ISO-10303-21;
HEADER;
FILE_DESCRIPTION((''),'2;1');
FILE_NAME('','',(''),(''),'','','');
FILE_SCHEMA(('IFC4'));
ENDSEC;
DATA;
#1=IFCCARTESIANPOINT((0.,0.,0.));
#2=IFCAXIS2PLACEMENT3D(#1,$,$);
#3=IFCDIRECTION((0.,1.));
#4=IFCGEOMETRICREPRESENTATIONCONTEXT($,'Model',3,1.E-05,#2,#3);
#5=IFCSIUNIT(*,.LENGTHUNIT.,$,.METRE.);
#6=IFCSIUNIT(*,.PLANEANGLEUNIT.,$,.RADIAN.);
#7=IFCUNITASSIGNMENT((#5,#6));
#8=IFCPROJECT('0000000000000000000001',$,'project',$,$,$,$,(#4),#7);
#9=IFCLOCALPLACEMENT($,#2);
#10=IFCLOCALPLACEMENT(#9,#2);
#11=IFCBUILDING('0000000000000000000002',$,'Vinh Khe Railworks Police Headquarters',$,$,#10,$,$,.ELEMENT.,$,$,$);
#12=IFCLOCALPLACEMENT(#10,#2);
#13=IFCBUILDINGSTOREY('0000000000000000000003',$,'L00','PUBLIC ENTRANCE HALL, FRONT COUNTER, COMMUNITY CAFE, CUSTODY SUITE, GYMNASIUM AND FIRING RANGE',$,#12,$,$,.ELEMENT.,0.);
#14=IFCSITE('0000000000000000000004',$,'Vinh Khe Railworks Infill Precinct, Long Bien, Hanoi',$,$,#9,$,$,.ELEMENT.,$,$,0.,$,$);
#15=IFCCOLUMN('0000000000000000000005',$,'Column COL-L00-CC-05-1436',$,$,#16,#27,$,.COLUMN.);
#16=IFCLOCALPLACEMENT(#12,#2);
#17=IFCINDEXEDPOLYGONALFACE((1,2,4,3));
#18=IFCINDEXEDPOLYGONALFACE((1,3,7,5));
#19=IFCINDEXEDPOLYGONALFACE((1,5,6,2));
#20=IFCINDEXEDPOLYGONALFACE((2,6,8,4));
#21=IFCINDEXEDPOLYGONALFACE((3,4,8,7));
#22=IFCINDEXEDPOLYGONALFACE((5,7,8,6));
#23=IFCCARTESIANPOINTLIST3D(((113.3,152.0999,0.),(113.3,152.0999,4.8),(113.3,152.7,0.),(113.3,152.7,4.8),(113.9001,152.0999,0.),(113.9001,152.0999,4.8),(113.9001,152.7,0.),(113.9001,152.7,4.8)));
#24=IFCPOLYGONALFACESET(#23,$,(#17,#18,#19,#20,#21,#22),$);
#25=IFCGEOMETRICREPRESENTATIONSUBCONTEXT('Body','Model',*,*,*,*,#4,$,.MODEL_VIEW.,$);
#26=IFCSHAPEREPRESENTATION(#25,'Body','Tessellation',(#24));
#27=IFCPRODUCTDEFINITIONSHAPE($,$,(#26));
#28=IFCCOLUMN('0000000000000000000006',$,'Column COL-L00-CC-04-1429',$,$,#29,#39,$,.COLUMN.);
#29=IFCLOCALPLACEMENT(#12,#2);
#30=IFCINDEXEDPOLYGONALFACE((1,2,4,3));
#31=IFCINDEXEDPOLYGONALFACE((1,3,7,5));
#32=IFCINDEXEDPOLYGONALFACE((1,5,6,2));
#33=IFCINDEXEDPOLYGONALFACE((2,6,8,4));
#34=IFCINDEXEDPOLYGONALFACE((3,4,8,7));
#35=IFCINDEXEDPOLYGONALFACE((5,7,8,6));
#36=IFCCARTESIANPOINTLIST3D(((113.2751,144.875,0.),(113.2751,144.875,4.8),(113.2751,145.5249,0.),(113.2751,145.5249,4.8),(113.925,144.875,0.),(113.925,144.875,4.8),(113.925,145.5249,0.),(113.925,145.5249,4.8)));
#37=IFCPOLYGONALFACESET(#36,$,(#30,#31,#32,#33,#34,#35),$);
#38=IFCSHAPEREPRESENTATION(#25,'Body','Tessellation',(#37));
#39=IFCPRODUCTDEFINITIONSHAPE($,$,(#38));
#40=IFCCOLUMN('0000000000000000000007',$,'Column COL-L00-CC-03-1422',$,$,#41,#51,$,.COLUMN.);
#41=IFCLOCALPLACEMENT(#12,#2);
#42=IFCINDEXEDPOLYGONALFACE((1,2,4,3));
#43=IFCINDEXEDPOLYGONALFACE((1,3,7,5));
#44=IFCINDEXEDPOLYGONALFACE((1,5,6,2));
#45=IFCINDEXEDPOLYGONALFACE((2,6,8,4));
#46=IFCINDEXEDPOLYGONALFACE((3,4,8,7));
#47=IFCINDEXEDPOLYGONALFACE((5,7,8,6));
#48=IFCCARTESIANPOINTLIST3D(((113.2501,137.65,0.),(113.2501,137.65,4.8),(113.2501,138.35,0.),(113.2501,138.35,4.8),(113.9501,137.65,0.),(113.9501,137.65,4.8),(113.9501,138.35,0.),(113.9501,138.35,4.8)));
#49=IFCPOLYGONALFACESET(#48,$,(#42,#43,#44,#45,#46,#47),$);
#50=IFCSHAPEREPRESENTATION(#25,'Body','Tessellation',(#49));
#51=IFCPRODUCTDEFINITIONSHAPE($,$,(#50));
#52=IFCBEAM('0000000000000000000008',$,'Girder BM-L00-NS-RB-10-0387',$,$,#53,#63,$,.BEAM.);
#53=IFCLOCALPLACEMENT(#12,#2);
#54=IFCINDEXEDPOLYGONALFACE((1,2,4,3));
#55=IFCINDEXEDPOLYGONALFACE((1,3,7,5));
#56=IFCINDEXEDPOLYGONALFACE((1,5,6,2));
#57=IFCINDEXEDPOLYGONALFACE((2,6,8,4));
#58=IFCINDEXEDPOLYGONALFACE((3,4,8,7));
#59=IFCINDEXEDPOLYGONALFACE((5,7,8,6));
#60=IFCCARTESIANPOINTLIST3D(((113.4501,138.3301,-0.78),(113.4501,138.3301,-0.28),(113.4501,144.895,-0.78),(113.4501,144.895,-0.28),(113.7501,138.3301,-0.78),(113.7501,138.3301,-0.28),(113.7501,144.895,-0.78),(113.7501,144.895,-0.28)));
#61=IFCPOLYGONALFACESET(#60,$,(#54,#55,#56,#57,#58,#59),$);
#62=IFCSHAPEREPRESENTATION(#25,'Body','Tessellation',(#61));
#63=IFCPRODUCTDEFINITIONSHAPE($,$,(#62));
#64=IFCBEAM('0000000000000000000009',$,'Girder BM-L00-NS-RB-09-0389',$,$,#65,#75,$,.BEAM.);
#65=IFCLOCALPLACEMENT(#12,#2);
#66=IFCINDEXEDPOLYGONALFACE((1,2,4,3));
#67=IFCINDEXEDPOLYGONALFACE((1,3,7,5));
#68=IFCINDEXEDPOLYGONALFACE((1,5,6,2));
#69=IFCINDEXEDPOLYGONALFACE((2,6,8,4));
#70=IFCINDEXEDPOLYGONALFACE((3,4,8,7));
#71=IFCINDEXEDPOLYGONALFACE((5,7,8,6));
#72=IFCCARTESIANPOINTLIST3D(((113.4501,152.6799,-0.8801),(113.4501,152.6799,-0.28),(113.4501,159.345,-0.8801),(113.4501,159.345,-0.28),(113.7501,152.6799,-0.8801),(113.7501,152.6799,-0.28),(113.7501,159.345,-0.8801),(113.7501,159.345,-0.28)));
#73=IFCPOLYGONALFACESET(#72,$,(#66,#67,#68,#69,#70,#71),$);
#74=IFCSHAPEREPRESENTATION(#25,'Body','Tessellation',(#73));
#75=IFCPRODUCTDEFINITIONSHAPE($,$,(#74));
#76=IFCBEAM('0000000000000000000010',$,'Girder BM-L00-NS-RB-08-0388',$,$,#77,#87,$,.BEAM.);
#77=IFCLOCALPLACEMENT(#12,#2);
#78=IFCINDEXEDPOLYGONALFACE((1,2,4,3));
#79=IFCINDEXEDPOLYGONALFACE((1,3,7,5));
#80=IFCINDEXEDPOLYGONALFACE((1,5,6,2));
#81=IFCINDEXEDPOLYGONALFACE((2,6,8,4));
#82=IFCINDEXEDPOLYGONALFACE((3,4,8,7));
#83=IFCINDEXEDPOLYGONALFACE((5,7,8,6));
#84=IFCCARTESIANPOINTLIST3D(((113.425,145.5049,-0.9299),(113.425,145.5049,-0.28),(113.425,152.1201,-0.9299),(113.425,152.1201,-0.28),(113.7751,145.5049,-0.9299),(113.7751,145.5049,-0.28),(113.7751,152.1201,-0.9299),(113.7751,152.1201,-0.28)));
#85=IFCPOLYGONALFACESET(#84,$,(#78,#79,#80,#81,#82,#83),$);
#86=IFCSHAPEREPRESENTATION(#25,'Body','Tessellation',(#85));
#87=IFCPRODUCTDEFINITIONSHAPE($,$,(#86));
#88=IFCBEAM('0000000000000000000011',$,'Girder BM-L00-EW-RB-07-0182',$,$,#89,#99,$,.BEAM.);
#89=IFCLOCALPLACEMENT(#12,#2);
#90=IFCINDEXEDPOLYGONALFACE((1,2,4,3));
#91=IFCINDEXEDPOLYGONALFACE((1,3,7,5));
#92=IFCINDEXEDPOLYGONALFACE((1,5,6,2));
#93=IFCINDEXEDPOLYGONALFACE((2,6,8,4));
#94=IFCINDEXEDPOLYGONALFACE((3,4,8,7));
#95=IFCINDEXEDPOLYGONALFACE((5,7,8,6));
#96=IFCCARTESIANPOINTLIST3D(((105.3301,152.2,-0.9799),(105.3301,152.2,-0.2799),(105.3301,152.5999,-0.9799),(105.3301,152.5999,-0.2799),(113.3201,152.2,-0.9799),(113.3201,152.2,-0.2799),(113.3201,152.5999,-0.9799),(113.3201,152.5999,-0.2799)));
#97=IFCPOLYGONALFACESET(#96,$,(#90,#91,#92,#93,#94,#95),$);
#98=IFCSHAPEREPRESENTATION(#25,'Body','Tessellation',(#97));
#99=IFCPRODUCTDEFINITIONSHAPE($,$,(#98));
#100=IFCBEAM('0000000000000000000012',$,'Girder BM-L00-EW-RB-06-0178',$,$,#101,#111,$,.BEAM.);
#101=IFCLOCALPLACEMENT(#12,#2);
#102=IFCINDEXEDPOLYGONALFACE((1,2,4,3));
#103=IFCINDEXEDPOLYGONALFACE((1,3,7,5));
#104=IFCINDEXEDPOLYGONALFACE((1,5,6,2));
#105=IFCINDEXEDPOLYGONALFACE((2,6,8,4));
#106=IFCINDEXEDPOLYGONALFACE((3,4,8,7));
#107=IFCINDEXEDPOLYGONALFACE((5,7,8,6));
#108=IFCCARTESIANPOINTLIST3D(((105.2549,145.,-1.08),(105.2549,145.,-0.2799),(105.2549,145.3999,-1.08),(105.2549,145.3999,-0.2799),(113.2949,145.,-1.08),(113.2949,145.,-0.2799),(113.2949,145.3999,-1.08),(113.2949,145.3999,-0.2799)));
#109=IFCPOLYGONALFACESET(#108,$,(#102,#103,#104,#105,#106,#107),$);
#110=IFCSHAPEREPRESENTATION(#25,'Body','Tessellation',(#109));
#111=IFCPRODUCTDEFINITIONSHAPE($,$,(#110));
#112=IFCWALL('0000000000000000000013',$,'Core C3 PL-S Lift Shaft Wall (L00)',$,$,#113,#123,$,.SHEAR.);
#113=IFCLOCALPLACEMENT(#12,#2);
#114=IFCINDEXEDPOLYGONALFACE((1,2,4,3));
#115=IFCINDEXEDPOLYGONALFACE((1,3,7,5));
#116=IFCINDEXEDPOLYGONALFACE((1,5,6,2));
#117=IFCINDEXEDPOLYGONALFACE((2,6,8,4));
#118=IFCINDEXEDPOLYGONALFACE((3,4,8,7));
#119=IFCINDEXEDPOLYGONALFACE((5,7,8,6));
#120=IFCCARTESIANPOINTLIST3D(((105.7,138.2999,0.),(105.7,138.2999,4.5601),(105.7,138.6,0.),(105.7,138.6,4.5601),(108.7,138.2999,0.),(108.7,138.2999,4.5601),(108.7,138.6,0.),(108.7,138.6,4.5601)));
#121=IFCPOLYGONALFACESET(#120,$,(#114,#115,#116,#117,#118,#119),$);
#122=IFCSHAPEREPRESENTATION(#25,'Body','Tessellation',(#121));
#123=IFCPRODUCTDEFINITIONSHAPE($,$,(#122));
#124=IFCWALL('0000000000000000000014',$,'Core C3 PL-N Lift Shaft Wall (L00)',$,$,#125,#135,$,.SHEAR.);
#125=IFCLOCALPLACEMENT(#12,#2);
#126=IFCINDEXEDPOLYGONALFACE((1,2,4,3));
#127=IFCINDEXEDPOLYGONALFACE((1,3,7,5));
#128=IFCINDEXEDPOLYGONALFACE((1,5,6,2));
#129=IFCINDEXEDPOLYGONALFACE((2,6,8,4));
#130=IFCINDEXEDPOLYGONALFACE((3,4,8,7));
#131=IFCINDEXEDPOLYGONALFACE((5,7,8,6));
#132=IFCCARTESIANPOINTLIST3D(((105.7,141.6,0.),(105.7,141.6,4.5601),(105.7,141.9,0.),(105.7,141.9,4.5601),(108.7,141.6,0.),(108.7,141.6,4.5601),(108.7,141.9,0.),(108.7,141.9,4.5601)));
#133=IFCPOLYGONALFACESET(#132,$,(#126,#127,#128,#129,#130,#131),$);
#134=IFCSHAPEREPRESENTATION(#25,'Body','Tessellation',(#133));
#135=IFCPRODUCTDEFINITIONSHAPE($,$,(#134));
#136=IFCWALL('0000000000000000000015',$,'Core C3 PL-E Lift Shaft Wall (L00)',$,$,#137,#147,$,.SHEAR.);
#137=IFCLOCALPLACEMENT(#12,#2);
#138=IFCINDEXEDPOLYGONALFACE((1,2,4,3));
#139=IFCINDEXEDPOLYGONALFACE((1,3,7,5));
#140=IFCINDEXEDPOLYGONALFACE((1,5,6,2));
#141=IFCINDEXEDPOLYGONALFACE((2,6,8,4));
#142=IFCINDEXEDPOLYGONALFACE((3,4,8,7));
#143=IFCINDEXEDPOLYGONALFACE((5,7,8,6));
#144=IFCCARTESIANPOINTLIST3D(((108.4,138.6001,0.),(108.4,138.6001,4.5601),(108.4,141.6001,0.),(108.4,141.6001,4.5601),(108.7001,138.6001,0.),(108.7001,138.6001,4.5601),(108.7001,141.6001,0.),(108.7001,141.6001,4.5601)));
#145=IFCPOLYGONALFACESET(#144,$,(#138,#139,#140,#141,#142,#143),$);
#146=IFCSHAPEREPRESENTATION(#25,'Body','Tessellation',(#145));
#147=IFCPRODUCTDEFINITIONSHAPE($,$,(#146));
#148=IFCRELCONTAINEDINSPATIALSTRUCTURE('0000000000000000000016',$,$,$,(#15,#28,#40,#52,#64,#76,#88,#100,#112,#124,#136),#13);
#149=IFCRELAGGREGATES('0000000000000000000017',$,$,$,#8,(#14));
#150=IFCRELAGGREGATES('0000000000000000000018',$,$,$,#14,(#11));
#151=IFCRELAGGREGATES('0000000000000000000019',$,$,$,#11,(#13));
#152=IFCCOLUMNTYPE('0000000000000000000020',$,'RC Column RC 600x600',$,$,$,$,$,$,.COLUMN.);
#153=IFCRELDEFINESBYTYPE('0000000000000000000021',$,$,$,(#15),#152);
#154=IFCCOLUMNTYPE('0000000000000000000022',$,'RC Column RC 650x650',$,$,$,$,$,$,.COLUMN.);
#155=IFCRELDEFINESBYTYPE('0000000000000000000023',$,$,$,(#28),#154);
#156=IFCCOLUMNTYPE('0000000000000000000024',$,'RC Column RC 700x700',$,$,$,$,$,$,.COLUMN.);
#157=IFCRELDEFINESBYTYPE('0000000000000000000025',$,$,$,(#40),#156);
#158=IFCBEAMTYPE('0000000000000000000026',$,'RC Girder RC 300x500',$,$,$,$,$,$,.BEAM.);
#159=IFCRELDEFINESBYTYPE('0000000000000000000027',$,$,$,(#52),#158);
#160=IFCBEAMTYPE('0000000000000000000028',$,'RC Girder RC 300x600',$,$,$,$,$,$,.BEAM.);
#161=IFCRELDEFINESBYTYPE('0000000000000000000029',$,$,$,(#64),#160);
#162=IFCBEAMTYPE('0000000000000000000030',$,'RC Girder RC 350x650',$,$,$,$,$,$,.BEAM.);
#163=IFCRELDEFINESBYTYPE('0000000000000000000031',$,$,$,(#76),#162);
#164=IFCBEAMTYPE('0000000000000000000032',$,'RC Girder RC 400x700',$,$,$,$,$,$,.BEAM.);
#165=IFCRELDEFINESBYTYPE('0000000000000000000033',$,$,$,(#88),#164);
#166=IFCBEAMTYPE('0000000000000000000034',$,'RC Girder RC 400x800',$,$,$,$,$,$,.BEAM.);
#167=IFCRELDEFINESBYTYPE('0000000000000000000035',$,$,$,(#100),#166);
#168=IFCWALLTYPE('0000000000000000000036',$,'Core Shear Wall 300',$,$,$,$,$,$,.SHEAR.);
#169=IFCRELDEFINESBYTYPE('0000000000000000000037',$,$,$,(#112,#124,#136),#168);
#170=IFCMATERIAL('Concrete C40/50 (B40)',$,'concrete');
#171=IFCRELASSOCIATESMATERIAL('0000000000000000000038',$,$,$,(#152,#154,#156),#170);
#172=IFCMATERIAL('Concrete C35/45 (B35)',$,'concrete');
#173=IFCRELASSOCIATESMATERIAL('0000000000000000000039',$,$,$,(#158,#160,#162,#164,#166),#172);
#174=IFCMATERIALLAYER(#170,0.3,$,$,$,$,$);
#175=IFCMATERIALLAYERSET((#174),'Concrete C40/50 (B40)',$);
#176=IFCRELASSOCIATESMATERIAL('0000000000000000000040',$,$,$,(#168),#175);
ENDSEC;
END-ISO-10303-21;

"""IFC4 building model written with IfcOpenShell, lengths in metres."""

from ifc_helpers import new_model, si_unit, direction, frame, frame_2d, origin, origin_2d, place, context, subcontext, project, spatial, rectangle, extrude, material, layer, layer_set, material_profile, profile_set, type_object, element, save


model = new_model("IFC4")

# Units and contexts
model_context = context("Model", 3, precision=1e-05, world=origin(), true_north=direction((0.0, 1.0)))
body_context = subcontext(model_context, "Body", "Model", "MODEL_VIEW")
ifc_project = project(units=[si_unit("LENGTHUNIT", "METRE"), si_unit("PLANEANGLEUNIT", "RADIAN")], contexts=[model_context])

# Site, building, storey
site_placement = place(None, origin())
site = spatial("IfcSite", under=ifc_project, at=site_placement, Name="Vinh Khe Railworks Infill Precinct, Long Bien, Hanoi", CompositionType="ELEMENT", RefElevation=0.0)
building_placement = place(site_placement, origin())
building = spatial("IfcBuilding", under=site, at=building_placement, Name="Vinh Khe Railworks Police Headquarters", CompositionType="ELEMENT")
storey_placement = place(building_placement, origin())
storey = spatial("IfcBuildingStorey", under=building, at=storey_placement, Name="L00", Description="PUBLIC ENTRANCE HALL, FRONT COUNTER, COMMUNITY CAFE, CUSTODY SUITE, GYMNASIUM AND FIRING RANGE", CompositionType="ELEMENT", Elevation=0.0)

# Columns
ifc_material_1 = material(Name="Concrete C40/50 (B40)", Category="concrete")
ifc_material_profile_1 = material_profile(ifc_material_1, rectangle(XDim=0.6001, YDim=0.6001, at=origin_2d()), Name="RC 600x600")
ifc_profile_set_1 = profile_set([ifc_material_profile_1], Name="Concrete C40/50 (B40)")
column_type_1 = type_object("IfcColumnType", Name="RC Column RC 600x600", PredefinedType="COLUMN", material=ifc_profile_set_1)
column_1_placement = place(storey_placement, frame((113.6001, 152.3999, 0.0), z_axis=(0.0, 0.0, 1.0), x_axis=(1.0, 0.0, 0.0)))
element("IfcColumn", 1, at=column_1_placement, inside=storey, type_object=column_type_1, Name="Column COL-L00-CC-05-1436", PredefinedType="COLUMN", context=body_context, shape_type="SweptSolid", body=[
    extrude(rectangle(XDim=0.6001, YDim=0.6001, at=origin_2d()), origin(), (0.0, 0.0, 1.0), 4.8),
])
ifc_material_profile_2 = material_profile(ifc_material_1, rectangle(XDim=0.6499, YDim=0.6499, at=origin_2d()), Name="RC 650x650")
ifc_profile_set_2 = profile_set([ifc_material_profile_2], Name="Concrete C40/50 (B40)")
column_type_2 = type_object("IfcColumnType", Name="RC Column RC 650x650", PredefinedType="COLUMN", material=ifc_profile_set_2)
column_2_placement = place(storey_placement, frame((113.6001, 145.2, 0.0), z_axis=(0.0, 0.0, 1.0), x_axis=(1.0, 0.0, 0.0)))
element("IfcColumn", 2, at=column_2_placement, inside=storey, type_object=column_type_2, Name="Column COL-L00-CC-04-1429", PredefinedType="COLUMN", context=body_context, shape_type="SweptSolid", body=[
    extrude(rectangle(XDim=0.6499, YDim=0.6499, at=origin_2d()), origin(), (0.0, 0.0, 1.0), 4.8),
])
ifc_material_profile_3 = material_profile(ifc_material_1, rectangle(XDim=0.7, YDim=0.7, at=origin_2d()), Name="RC 700x700")
ifc_profile_set_3 = profile_set([ifc_material_profile_3], Name="Concrete C40/50 (B40)")
column_type_3 = type_object("IfcColumnType", Name="RC Column RC 700x700", PredefinedType="COLUMN", material=ifc_profile_set_3)
column_3_placement = place(storey_placement, frame((113.6001, 138.0, 0.0), z_axis=(0.0, 0.0, 1.0), x_axis=(1.0, 0.0, 0.0)))
element("IfcColumn", 3, at=column_3_placement, inside=storey, type_object=column_type_3, Name="Column COL-L00-CC-03-1422", PredefinedType="COLUMN", context=body_context, shape_type="SweptSolid", body=[
    extrude(rectangle(XDim=0.7, YDim=0.7, at=origin_2d()), origin(), (0.0, 0.0, 1.0), 4.8),
])

# Beams
ifc_material_2 = material(Name="Concrete C35/45 (B35)", Category="concrete")
ifc_material_profile_4 = material_profile(ifc_material_2, rectangle(XDim=0.3, YDim=0.5, at=origin_2d()), Name="RC 300x500")
ifc_profile_set_4 = profile_set([ifc_material_profile_4], Name="Concrete C35/45 (B35)")
beam_type_1 = type_object("IfcBeamType", Name="RC Girder RC 300x500", PredefinedType="BEAM", material=ifc_profile_set_4)
beam_1_placement = place(storey_placement, frame((113.6001, 138.3301, -0.53), z_axis=(0.0, 1.0, 0.0), x_axis=(-1.0, 0.0, 0.0)))
element("IfcBeam", 4, at=beam_1_placement, inside=storey, type_object=beam_type_1, Name="Girder BM-L00-NS-RB-10-0387", PredefinedType="BEAM", context=body_context, shape_type="SweptSolid", body=[
    extrude(rectangle(XDim=0.3, YDim=0.5, at=origin_2d()), origin(), (0.0, 0.0, 1.0), 6.5649),
])
ifc_material_profile_5 = material_profile(ifc_material_2, rectangle(XDim=0.3, YDim=0.6001, at=origin_2d()), Name="RC 300x600")
ifc_profile_set_5 = profile_set([ifc_material_profile_5], Name="Concrete C35/45 (B35)")
beam_type_2 = type_object("IfcBeamType", Name="RC Girder RC 300x600", PredefinedType="BEAM", material=ifc_profile_set_5)
beam_2_placement = place(storey_placement, frame((113.6001, 152.6799, -0.5801), z_axis=(0.0, 1.0, 0.0), x_axis=(-1.0, 0.0, 0.0)))
element("IfcBeam", 5, at=beam_2_placement, inside=storey, type_object=beam_type_2, Name="Girder BM-L00-NS-RB-09-0389", PredefinedType="BEAM", context=body_context, shape_type="SweptSolid", body=[
    extrude(rectangle(XDim=0.3, YDim=0.6001, at=origin_2d()), origin(), (0.0, 0.0, 1.0), 6.665),
])
ifc_material_profile_6 = material_profile(ifc_material_2, rectangle(XDim=0.3501, YDim=0.6499, at=origin_2d()), Name="RC 350x650")
ifc_profile_set_6 = profile_set([ifc_material_profile_6], Name="Concrete C35/45 (B35)")
beam_type_3 = type_object("IfcBeamType", Name="RC Girder RC 350x650", PredefinedType="BEAM", material=ifc_profile_set_6)
beam_3_placement = place(storey_placement, frame((113.6001, 145.5049, -0.605), z_axis=(0.0, 1.0, 0.0), x_axis=(-1.0, 0.0, 0.0)))
element("IfcBeam", 6, at=beam_3_placement, inside=storey, type_object=beam_type_3, Name="Girder BM-L00-NS-RB-08-0388", PredefinedType="BEAM", context=body_context, shape_type="SweptSolid", body=[
    extrude(rectangle(XDim=0.3501, YDim=0.6499, at=origin_2d()), origin(), (0.0, 0.0, 1.0), 6.6152),
])
ifc_material_profile_7 = material_profile(ifc_material_2, rectangle(XDim=0.3999, YDim=0.7, at=origin_2d()), Name="RC 400x700")
ifc_profile_set_7 = profile_set([ifc_material_profile_7], Name="Concrete C35/45 (B35)")
beam_type_4 = type_object("IfcBeamType", Name="RC Girder RC 400x700", PredefinedType="BEAM", material=ifc_profile_set_7)
beam_4_placement = place(storey_placement, frame((105.3301, 152.3999, -0.6299), z_axis=(1.0, 0.0, 0.0), x_axis=(0.0, 1.0, 0.0)))
element("IfcBeam", 7, at=beam_4_placement, inside=storey, type_object=beam_type_4, Name="Girder BM-L00-EW-RB-07-0182", PredefinedType="BEAM", context=body_context, shape_type="SweptSolid", body=[
    extrude(rectangle(XDim=0.3999, YDim=0.7, at=origin_2d()), origin(), (0.0, 0.0, 1.0), 7.99),
])
ifc_material_profile_8 = material_profile(ifc_material_2, rectangle(XDim=0.3999, YDim=0.8, at=origin_2d()), Name="RC 400x800")
ifc_profile_set_8 = profile_set([ifc_material_profile_8], Name="Concrete C35/45 (B35)")
beam_type_5 = type_object("IfcBeamType", Name="RC Girder RC 400x800", PredefinedType="BEAM", material=ifc_profile_set_8)
beam_5_placement = place(storey_placement, frame((105.2549, 145.2, -0.6799), z_axis=(1.0, 0.0, 0.0), x_axis=(0.0, 1.0, 0.0)))
element("IfcBeam", 8, at=beam_5_placement, inside=storey, type_object=beam_type_5, Name="Girder BM-L00-EW-RB-06-0178", PredefinedType="BEAM", context=body_context, shape_type="SweptSolid", body=[
    extrude(rectangle(XDim=0.3999, YDim=0.8, at=origin_2d()), origin(), (0.0, 0.0, 1.0), 8.04),
])

# Walls
ifc_layer_1 = layer(ifc_material_1, 0.3)
ifc_layer_set_1 = layer_set([ifc_layer_1], Name="Concrete C40/50 (B40)")
wall_type_1 = type_object("IfcWallType", Name="Core Shear Wall 300", PredefinedType="SHEAR", material=ifc_layer_set_1)
for number, where, z_axis, x_axis, name in (
    (9, (105.7, 138.45, 0.0), (0.0, 0.0, 1.0), (1.0, 0.0, 0.0), "Core C3 PL-S Lift Shaft Wall (L00)"),
    (10, (105.7, 141.75, 0.0), (0.0, 0.0, 1.0), (1.0, 0.0, 0.0), "Core C3 PL-N Lift Shaft Wall (L00)"),
):
    element("IfcWall", number, at=place(storey_placement, frame(where, z_axis=z_axis, x_axis=x_axis)), inside=storey, type_object=wall_type_1, Name=name, PredefinedType="SHEAR", context=body_context, shape_type="SweptSolid", body=[
        extrude(rectangle(XDim=3.0, YDim=0.3, at=frame_2d((1.5, 0.0))), origin(), (0.0, 0.0, 1.0), 4.5601),
    ])

# Wall
wall_1_placement = place(storey_placement, frame((108.55, 138.6001, 0.0), z_axis=(0.0, 0.0, 1.0), x_axis=(0.0, 1.0, 0.0)))
element("IfcWall", 11, at=wall_1_placement, inside=storey, type_object=wall_type_1, Name="Core C3 PL-E Lift Shaft Wall (L00)", PredefinedType="SHEAR", context=body_context, shape_type="SweptSolid", body=[
    extrude(rectangle(XDim=3.0, YDim=0.3, at=frame_2d((1.5, 0.0))), origin(), (0.0, 0.0, 1.0), 4.5601),
])

save(model, "model.ifc")
